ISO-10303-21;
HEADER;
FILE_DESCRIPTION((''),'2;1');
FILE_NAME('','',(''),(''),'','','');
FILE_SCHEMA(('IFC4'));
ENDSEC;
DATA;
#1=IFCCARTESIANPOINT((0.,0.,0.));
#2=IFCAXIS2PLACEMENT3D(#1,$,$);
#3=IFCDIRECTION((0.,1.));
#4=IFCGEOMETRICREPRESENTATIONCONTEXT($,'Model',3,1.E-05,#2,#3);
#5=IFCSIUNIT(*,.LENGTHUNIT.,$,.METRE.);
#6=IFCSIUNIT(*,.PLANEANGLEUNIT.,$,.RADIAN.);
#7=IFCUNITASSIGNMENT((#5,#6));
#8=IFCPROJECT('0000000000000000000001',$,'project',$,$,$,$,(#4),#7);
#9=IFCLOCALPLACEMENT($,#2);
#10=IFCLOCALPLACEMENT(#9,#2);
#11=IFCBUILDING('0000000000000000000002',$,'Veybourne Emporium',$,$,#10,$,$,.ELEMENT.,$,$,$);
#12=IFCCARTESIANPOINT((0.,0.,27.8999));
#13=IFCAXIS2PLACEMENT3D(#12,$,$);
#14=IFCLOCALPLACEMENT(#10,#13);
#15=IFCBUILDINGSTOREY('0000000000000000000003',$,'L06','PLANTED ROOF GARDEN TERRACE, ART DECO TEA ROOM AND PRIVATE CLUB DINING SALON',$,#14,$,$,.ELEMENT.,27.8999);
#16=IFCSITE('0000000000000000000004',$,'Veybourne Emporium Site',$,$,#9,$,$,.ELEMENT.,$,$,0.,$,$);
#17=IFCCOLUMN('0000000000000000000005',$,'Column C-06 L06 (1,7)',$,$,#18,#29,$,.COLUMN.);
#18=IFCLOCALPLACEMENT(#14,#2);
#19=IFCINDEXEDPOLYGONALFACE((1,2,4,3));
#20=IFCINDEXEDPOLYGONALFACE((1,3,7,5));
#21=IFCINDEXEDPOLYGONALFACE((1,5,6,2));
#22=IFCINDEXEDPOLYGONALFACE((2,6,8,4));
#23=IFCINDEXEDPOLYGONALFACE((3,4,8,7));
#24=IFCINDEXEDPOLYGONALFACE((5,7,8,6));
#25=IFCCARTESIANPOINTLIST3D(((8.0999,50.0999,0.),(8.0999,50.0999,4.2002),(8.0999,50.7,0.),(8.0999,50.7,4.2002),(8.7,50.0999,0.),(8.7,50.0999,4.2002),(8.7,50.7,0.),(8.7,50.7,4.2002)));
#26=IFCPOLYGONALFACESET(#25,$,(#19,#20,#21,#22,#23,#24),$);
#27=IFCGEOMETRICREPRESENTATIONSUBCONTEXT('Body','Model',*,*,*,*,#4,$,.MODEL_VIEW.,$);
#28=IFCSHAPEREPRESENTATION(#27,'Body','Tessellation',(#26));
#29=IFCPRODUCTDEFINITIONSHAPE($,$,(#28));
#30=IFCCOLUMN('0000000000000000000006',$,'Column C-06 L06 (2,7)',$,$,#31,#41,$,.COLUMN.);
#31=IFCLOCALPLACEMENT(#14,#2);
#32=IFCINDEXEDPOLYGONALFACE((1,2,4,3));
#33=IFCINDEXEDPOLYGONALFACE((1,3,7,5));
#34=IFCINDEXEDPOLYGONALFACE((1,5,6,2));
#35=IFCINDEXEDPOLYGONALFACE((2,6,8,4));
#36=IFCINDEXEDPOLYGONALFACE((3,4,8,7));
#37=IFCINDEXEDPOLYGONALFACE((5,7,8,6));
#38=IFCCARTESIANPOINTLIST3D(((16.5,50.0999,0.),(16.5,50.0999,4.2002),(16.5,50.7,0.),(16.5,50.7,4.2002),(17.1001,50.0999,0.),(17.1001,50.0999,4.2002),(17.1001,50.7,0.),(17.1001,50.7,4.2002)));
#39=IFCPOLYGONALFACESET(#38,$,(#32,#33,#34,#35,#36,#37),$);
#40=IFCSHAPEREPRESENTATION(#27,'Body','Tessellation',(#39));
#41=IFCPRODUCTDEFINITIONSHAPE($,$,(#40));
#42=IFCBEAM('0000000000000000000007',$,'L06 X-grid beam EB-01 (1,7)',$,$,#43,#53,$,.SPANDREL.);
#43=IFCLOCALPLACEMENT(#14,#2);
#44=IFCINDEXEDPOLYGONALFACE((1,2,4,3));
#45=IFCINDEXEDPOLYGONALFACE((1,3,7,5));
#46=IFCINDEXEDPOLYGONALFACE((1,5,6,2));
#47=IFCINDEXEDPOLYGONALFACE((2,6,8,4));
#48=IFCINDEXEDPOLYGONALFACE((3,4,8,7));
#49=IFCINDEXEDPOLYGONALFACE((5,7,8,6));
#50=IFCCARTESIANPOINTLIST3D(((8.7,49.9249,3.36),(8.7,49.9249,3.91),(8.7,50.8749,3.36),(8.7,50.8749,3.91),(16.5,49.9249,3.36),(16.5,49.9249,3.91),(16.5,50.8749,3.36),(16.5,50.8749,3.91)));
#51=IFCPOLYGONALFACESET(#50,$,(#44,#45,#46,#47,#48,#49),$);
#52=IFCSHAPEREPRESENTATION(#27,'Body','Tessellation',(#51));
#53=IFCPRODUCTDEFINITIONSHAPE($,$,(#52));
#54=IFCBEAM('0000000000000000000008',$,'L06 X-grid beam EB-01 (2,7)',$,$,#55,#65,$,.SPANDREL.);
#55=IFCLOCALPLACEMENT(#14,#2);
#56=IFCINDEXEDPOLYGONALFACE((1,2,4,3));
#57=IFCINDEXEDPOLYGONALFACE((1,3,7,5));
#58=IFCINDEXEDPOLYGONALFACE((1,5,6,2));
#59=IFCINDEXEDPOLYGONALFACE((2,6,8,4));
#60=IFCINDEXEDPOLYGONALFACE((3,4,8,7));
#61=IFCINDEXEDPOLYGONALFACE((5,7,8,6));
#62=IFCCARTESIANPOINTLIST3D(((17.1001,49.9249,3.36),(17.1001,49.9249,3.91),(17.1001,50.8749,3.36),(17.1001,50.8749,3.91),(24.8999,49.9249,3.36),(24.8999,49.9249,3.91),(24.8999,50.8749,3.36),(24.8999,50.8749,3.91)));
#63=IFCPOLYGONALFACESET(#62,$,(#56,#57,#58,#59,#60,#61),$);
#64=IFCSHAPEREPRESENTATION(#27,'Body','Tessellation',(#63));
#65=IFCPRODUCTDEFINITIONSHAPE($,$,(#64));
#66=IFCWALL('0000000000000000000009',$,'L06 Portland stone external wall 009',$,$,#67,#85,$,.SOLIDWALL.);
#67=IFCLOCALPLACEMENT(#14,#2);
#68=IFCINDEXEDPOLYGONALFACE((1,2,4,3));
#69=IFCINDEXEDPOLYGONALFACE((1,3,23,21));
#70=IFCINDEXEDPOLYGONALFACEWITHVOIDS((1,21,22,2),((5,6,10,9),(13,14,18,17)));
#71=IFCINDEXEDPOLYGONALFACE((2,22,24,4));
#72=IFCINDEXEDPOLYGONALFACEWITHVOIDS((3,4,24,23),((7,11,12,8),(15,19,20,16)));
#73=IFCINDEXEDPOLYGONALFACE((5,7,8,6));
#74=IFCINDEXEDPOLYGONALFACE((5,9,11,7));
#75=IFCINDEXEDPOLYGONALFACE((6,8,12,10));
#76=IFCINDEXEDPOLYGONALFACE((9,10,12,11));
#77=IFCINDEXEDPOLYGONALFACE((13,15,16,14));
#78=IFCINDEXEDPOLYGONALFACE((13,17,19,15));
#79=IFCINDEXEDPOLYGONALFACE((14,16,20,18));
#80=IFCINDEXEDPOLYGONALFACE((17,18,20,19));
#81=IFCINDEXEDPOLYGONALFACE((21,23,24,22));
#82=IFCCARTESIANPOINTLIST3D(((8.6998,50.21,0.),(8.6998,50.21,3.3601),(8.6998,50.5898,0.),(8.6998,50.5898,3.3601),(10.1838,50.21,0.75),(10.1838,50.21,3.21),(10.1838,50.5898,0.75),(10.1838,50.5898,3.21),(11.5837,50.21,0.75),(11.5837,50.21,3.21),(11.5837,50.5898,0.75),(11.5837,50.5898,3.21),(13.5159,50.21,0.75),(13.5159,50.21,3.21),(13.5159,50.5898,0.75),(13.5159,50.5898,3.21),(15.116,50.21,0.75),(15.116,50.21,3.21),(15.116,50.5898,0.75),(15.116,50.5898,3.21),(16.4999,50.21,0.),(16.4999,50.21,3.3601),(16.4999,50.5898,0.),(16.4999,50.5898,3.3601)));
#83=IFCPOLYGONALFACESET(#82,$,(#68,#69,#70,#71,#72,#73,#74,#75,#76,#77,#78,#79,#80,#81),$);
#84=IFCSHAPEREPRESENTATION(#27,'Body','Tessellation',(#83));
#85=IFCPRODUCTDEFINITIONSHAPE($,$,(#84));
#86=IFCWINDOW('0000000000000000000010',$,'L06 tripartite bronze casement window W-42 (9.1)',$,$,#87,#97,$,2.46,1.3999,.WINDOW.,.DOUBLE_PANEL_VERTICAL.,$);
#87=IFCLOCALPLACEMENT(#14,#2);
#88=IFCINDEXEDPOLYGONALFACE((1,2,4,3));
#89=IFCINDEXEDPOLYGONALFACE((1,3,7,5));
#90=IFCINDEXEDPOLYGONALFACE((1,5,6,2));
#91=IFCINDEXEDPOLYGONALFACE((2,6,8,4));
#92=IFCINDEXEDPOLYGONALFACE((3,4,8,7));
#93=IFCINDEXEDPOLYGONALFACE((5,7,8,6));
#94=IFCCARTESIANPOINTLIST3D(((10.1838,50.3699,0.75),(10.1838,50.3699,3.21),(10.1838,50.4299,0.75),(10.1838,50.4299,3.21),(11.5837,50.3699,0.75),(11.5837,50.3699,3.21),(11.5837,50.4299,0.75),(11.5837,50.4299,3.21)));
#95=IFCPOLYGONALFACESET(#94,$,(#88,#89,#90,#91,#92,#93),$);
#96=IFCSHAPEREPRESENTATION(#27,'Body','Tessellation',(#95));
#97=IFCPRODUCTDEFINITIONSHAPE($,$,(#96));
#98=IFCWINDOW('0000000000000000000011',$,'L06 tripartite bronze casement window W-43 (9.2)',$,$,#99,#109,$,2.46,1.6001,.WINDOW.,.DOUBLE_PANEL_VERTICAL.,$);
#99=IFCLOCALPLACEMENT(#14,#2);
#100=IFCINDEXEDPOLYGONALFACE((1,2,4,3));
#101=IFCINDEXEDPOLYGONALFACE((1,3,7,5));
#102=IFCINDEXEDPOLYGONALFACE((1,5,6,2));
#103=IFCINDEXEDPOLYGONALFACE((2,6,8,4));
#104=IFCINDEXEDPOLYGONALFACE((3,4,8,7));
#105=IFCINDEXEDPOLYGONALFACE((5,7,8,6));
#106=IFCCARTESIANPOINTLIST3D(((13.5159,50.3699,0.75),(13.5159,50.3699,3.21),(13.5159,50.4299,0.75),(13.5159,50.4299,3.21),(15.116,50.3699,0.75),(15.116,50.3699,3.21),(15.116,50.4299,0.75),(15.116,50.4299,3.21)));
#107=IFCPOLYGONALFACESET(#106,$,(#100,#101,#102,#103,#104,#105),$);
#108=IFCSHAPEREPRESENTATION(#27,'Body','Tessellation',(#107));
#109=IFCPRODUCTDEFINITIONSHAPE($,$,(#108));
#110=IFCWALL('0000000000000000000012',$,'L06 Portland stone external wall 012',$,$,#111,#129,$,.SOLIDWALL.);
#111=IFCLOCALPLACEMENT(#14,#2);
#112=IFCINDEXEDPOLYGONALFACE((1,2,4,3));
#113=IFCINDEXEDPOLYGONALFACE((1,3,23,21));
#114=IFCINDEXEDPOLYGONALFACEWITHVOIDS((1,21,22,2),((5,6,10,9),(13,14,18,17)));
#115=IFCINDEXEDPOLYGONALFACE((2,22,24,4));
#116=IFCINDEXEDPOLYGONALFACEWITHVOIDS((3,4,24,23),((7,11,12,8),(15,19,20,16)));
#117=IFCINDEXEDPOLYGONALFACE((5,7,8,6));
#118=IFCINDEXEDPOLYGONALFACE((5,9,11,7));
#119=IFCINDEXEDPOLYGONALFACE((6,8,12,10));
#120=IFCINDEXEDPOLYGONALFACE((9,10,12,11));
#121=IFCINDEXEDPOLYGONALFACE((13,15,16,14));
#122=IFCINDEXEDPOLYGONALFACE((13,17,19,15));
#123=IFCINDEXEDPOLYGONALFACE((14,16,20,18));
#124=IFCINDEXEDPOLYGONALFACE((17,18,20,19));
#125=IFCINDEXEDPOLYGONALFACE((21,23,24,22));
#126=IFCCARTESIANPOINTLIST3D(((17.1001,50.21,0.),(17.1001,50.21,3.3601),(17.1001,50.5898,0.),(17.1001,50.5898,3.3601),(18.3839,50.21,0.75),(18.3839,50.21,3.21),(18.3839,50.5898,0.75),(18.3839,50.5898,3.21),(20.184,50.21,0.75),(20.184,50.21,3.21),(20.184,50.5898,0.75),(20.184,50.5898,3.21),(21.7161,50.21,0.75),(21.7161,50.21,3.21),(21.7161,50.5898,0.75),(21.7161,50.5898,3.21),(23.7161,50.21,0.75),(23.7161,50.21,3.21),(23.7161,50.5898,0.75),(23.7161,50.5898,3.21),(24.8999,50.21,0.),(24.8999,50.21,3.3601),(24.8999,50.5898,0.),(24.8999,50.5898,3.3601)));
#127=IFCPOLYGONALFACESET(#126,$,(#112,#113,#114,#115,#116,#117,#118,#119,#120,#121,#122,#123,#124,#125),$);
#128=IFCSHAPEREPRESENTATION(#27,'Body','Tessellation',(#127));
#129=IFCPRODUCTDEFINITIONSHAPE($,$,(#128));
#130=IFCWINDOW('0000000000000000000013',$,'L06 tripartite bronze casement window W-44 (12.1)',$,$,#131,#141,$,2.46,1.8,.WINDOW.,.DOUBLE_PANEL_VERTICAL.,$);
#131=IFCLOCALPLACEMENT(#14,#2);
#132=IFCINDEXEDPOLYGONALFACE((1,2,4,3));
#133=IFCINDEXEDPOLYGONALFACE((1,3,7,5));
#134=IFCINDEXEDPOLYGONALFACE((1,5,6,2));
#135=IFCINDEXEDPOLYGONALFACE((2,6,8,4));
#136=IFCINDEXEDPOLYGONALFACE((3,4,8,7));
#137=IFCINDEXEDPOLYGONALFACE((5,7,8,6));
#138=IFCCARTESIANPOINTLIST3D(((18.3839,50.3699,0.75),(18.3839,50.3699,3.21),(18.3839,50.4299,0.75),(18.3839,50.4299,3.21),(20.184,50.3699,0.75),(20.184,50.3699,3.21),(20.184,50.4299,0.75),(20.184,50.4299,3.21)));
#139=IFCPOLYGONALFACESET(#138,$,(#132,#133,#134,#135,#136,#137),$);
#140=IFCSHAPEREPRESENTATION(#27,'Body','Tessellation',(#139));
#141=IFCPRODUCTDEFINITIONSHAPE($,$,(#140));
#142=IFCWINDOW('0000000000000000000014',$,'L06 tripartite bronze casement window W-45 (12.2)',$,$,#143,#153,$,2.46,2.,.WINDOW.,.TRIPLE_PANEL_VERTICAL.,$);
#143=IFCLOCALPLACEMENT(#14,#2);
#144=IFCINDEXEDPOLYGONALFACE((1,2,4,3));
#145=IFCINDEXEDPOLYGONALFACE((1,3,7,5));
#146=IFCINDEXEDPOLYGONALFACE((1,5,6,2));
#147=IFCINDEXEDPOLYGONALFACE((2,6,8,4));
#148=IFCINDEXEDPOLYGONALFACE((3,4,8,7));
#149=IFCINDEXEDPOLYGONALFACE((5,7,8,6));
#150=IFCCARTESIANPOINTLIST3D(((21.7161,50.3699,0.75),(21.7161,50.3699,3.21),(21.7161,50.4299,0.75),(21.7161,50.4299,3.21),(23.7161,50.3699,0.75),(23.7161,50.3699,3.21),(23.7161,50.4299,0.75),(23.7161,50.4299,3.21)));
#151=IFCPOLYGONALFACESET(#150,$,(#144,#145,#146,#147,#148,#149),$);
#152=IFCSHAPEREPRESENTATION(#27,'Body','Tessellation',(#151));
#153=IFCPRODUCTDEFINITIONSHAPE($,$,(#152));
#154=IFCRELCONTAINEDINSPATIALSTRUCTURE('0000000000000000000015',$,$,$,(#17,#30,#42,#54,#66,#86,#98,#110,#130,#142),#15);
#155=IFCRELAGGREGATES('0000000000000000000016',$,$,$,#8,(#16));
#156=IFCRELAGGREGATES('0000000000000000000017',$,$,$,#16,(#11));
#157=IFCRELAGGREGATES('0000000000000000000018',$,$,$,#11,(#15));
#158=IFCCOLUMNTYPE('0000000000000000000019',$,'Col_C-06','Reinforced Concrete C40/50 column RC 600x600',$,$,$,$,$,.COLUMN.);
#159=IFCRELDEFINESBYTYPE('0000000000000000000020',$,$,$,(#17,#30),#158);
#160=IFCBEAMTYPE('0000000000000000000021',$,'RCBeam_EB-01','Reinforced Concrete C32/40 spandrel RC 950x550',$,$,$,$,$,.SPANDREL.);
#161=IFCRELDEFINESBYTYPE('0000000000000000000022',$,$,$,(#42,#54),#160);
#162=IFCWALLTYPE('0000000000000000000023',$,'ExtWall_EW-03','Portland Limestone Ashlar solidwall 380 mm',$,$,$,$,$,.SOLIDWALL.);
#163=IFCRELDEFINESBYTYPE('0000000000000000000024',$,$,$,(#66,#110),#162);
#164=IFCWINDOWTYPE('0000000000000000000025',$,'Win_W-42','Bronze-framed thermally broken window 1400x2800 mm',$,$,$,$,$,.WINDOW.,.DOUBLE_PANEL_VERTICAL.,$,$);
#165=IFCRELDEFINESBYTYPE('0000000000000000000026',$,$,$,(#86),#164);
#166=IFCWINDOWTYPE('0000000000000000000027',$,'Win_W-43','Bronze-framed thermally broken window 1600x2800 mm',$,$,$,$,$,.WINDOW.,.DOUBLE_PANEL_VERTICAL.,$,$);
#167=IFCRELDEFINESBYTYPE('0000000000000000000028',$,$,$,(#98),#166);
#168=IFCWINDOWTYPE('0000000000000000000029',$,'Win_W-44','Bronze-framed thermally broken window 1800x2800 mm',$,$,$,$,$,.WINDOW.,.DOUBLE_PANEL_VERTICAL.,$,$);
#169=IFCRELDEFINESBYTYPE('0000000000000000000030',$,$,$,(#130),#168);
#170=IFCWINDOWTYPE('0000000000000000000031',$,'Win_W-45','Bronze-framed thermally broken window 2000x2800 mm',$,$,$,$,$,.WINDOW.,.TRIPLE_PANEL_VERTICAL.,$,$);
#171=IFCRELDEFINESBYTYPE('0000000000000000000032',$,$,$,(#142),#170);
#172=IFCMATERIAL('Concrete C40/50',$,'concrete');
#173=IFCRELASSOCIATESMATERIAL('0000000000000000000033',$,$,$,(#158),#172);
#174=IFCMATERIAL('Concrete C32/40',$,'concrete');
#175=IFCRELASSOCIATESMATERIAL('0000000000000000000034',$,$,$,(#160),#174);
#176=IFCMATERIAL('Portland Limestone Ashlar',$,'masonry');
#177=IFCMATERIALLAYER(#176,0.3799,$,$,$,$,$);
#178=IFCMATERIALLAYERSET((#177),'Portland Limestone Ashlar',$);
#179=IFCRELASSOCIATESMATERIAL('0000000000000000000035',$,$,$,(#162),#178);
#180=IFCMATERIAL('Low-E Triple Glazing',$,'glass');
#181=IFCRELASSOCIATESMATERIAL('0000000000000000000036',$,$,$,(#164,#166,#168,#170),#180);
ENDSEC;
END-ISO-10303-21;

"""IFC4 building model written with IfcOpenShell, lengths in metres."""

from ifc_helpers import new_model, si_unit, direction, frame, frame_2d, origin, origin_2d, place, context, subcontext, project, spatial, rectangle, extrude, material, layer, layer_set, material_profile, profile_set, type_object, element, fill, save


model = new_model("IFC4")

# Units and contexts
model_context = context("Model", 3, precision=1e-05, world=origin(), true_north=direction((0.0, 1.0)))
body_context = subcontext(model_context, "Body", "Model", "MODEL_VIEW")
ifc_project = project(units=[si_unit("LENGTHUNIT", "METRE"), si_unit("PLANEANGLEUNIT", "RADIAN")], contexts=[model_context])

# Site, building, storey
site_placement = place(None, origin())
site = spatial("IfcSite", under=ifc_project, at=site_placement, Name="Veybourne Emporium Site", CompositionType="ELEMENT", RefElevation=0.0)
building_placement = place(site_placement, origin())
building = spatial("IfcBuilding", under=site, at=building_placement, Name="Veybourne Emporium", CompositionType="ELEMENT")
storey_placement = place(building_placement, frame((0.0, 0.0, 27.8999)))
storey = spatial("IfcBuildingStorey", under=building, at=storey_placement, Name="L06", Description="PLANTED ROOF GARDEN TERRACE, ART DECO TEA ROOM AND PRIVATE CLUB DINING SALON", CompositionType="ELEMENT", Elevation=27.8999)

# Columns
ifc_material_1 = material(Name="Concrete C40/50", Category="concrete")
ifc_material_profile_1 = material_profile(ifc_material_1, rectangle(XDim=0.6001, YDim=0.6001, at=origin_2d()), Name="RC 600x600")
ifc_profile_set_1 = profile_set([ifc_material_profile_1], Name="Concrete C40/50")
column_type = type_object("IfcColumnType", Name="Col_C-06", Description="Reinforced Concrete C40/50 column RC 600x600", PredefinedType="COLUMN", material=ifc_profile_set_1)
for number, where, z_axis, x_axis, name in (
    (1, (8.3999, 50.3999, 0.0), (0.0, 0.0, 1.0), (1.0, 0.0, 0.0), "Column C-06 L06 (1,7)"),
    (2, (16.8, 50.3999, 0.0), (0.0, 0.0, 1.0), (1.0, 0.0, 0.0), "Column C-06 L06 (2,7)"),
):
    element("IfcColumn", number, at=place(storey_placement, frame(where, z_axis=z_axis, x_axis=x_axis)), inside=storey, type_object=column_type, Name=name, PredefinedType="COLUMN", context=body_context, shape_type="SweptSolid", body=[
        extrude(rectangle(XDim=0.6001, YDim=0.6001, at=origin_2d()), origin(), (0.0, 0.0, 1.0), 4.2002),
    ])

# Beams
ifc_material_2 = material(Name="Concrete C32/40", Category="concrete")
ifc_material_profile_2 = material_profile(ifc_material_2, rectangle(XDim=0.95, YDim=0.55, at=origin_2d()), Name="RC 950x550")
ifc_profile_set_2 = profile_set([ifc_material_profile_2], Name="Concrete C32/40")
beam_type = type_object("IfcBeamType", Name="RCBeam_EB-01", Description="Reinforced Concrete C32/40 spandrel RC 950x550", PredefinedType="SPANDREL", material=ifc_profile_set_2)
beam_1_placement = place(storey_placement, frame((8.7, 50.3999, 3.635), z_axis=(1.0, 0.0, 0.0), x_axis=(0.0, 1.0, 0.0)))
element("IfcBeam", 3, at=beam_1_placement, inside=storey, type_object=beam_type, Name="L06 X-grid beam EB-01 (1,7)", PredefinedType="SPANDREL", context=body_context, shape_type="SweptSolid", body=[
    extrude(rectangle(XDim=0.95, YDim=0.55, at=origin_2d()), origin(), (0.0, 0.0, 1.0), 7.8),
])
beam_2_placement = place(storey_placement, frame((17.1001, 50.3999, 3.635), z_axis=(1.0, 0.0, 0.0), x_axis=(0.0, 1.0, 0.0)))
element("IfcBeam", 4, at=beam_2_placement, inside=storey, type_object=beam_type, Name="L06 X-grid beam EB-01 (2,7)", PredefinedType="SPANDREL", context=body_context, shape_type="SweptSolid", body=[
    extrude(rectangle(XDim=0.95, YDim=0.55, at=origin_2d()), origin(), (0.0, 0.0, 1.0), 7.7998),
])

# Walls, openings, windows
ifc_material_3 = material(Name="Portland Limestone Ashlar", Category="masonry")
ifc_layer_1 = layer(ifc_material_3, 0.3799)
ifc_layer_set_1 = layer_set([ifc_layer_1], Name="Portland Limestone Ashlar")
wall_type_1 = type_object("IfcWallType", Name="ExtWall_EW-03", Description="Portland Limestone Ashlar solidwall 380 mm", PredefinedType="SOLIDWALL", material=ifc_layer_set_1)
wall_1_placement = place(storey_placement, frame((8.7, 50.3999, 0.0), z_axis=(0.0, 0.0, 1.0), x_axis=(1.0, 0.0, 0.0)))
wall_1 = element("IfcWall", 5, at=wall_1_placement, inside=storey, type_object=wall_type_1, Name="L06 Portland stone external wall 009", PredefinedType="SOLIDWALL", context=body_context, shape_type="SweptSolid", body=[
    extrude(rectangle(XDim=7.8, YDim=0.3799, at=frame_2d((3.8999, 0.0))), origin(), (0.0, 0.0, 1.0), 3.3601),
])
opening_1_placement = place(wall_1_placement, frame((1.4839, 0.0, 0.75)))
opening_1 = element("IfcOpeningElement", 6, at=opening_1_placement, cuts=wall_1, PredefinedType="OPENING", context=body_context, shape_type="SweptSolid", body=[
    extrude(rectangle(XDim=1.3999, YDim=2.46, at=frame_2d((0.7, 1.23))), frame((0.0, 0.21, 0.0), z_axis=(0.0, -1.0, 0.0), x_axis=(1.0, 0.0, 0.0)), (0.0, 0.0, 1.0), 0.4199),
])
opening_2_placement = place(wall_1_placement, frame((4.8159, 0.0, 0.75)))
opening_2 = element("IfcOpeningElement", 7, at=opening_2_placement, cuts=wall_1, PredefinedType="OPENING", context=body_context, shape_type="SweptSolid", body=[
    extrude(rectangle(XDim=1.6001, YDim=2.46, at=frame_2d((0.8, 1.23))), frame((0.0, 0.21, 0.0), z_axis=(0.0, -1.0, 0.0), x_axis=(1.0, 0.0, 0.0)), (0.0, 0.0, 1.0), 0.4199),
])
ifc_material_4 = material(Name="Low-E Triple Glazing", Category="glass")
window_type_1 = type_object("IfcWindowType", Name="Win_W-42", Description="Bronze-framed thermally broken window 1400x2800 mm", PartitioningType="DOUBLE_PANEL_VERTICAL", PredefinedType="WINDOW", material=ifc_material_4)
window_1_placement = place(opening_1_placement, origin())
window_1 = element("IfcWindow", 8, at=window_1_placement, inside=storey, type_object=window_type_1, Name="L06 tripartite bronze casement window W-42 (9.1)", OverallHeight=2.46, OverallWidth=1.3999, PartitioningType="DOUBLE_PANEL_VERTICAL", PredefinedType="WINDOW", context=body_context, shape_type="SweptSolid", body=[
    extrude(rectangle(XDim=1.3999, YDim=2.46, at=frame_2d((0.7, 1.23))), frame((0.0, 0.03, 0.0), z_axis=(0.0, -1.0, 0.0), x_axis=(1.0, 0.0, 0.0)), (0.0, 0.0, 1.0), 0.0601),
])
fill(opening_1, window_1)
window_type_2 = type_object("IfcWindowType", Name="Win_W-43", Description="Bronze-framed thermally broken window 1600x2800 mm", PartitioningType="DOUBLE_PANEL_VERTICAL", PredefinedType="WINDOW", material=ifc_material_4)
window_2_placement = place(opening_2_placement, origin())
window_2 = element("IfcWindow", 9, at=window_2_placement, inside=storey, type_object=window_type_2, Name="L06 tripartite bronze casement window W-43 (9.2)", OverallHeight=2.46, OverallWidth=1.6001, PartitioningType="DOUBLE_PANEL_VERTICAL", PredefinedType="WINDOW", context=body_context, shape_type="SweptSolid", body=[
    extrude(rectangle(XDim=1.6001, YDim=2.46, at=frame_2d((0.8, 1.23))), frame((0.0, 0.03, 0.0), z_axis=(0.0, -1.0, 0.0), x_axis=(1.0, 0.0, 0.0)), (0.0, 0.0, 1.0), 0.0601),
])
fill(opening_2, window_2)
wall_2_placement = place(storey_placement, frame((17.1001, 50.3999, 0.0), z_axis=(0.0, 0.0, 1.0), x_axis=(1.0, 0.0, 0.0)))
wall_2 = element("IfcWall", 10, at=wall_2_placement, inside=storey, type_object=wall_type_1, Name="L06 Portland stone external wall 012", PredefinedType="SOLIDWALL", context=body_context, shape_type="SweptSolid", body=[
    extrude(rectangle(XDim=7.7998, YDim=0.3799, at=frame_2d((3.8999, 0.0))), origin(), (0.0, 0.0, 1.0), 3.3601),
])
opening_3_placement = place(wall_2_placement, frame((1.2839, 0.0, 0.75)))
opening_3 = element("IfcOpeningElement", 11, at=opening_3_placement, cuts=wall_2, PredefinedType="OPENING", context=body_context, shape_type="SweptSolid", body=[
    extrude(rectangle(XDim=1.8, YDim=2.46, at=frame_2d((0.8999, 1.23))), frame((0.0, 0.21, 0.0), z_axis=(0.0, -1.0, 0.0), x_axis=(1.0, 0.0, 0.0)), (0.0, 0.0, 1.0), 0.4199),
])
opening_4_placement = place(wall_2_placement, frame((4.616, 0.0, 0.75)))
opening_4 = element("IfcOpeningElement", 12, at=opening_4_placement, cuts=wall_2, PredefinedType="OPENING", context=body_context, shape_type="SweptSolid", body=[
    extrude(rectangle(XDim=2.0, YDim=2.46, at=frame_2d((1.0, 1.23))), frame((0.0, 0.21, 0.0), z_axis=(0.0, -1.0, 0.0), x_axis=(1.0, 0.0, 0.0)), (0.0, 0.0, 1.0), 0.4199),
])
window_type_3 = type_object("IfcWindowType", Name="Win_W-44", Description="Bronze-framed thermally broken window 1800x2800 mm", PartitioningType="DOUBLE_PANEL_VERTICAL", PredefinedType="WINDOW", material=ifc_material_4)
window_3_placement = place(opening_3_placement, origin())
window_3 = element("IfcWindow", 13, at=window_3_placement, inside=storey, type_object=window_type_3, Name="L06 tripartite bronze casement window W-44 (12.1)", OverallHeight=2.46, OverallWidth=1.8, PartitioningType="DOUBLE_PANEL_VERTICAL", PredefinedType="WINDOW", context=body_context, shape_type="SweptSolid", body=[
    extrude(rectangle(XDim=1.8, YDim=2.46, at=frame_2d((0.8999, 1.23))), frame((0.0, 0.03, 0.0), z_axis=(0.0, -1.0, 0.0), x_axis=(1.0, 0.0, 0.0)), (0.0, 0.0, 1.0), 0.0601),
])
fill(opening_3, window_3)
window_type_4 = type_object("IfcWindowType", Name="Win_W-45", Description="Bronze-framed thermally broken window 2000x2800 mm", PartitioningType="TRIPLE_PANEL_VERTICAL", PredefinedType="WINDOW", material=ifc_material_4)
window_4_placement = place(opening_4_placement, origin())
window_4 = element("IfcWindow", 14, at=window_4_placement, inside=storey, type_object=window_type_4, Name="L06 tripartite bronze casement window W-45 (12.2)", OverallHeight=2.46, OverallWidth=2.0, PartitioningType="TRIPLE_PANEL_VERTICAL", PredefinedType="WINDOW", context=body_context, shape_type="SweptSolid", body=[
    extrude(rectangle(XDim=2.0, YDim=2.46, at=frame_2d((1.0, 1.23))), frame((0.0, 0.03, 0.0), z_axis=(0.0, -1.0, 0.0), x_axis=(1.0, 0.0, 0.0)), (0.0, 0.0, 1.0), 0.0601),
])
fill(opening_4, window_4)

save(model, "model.ifc")
